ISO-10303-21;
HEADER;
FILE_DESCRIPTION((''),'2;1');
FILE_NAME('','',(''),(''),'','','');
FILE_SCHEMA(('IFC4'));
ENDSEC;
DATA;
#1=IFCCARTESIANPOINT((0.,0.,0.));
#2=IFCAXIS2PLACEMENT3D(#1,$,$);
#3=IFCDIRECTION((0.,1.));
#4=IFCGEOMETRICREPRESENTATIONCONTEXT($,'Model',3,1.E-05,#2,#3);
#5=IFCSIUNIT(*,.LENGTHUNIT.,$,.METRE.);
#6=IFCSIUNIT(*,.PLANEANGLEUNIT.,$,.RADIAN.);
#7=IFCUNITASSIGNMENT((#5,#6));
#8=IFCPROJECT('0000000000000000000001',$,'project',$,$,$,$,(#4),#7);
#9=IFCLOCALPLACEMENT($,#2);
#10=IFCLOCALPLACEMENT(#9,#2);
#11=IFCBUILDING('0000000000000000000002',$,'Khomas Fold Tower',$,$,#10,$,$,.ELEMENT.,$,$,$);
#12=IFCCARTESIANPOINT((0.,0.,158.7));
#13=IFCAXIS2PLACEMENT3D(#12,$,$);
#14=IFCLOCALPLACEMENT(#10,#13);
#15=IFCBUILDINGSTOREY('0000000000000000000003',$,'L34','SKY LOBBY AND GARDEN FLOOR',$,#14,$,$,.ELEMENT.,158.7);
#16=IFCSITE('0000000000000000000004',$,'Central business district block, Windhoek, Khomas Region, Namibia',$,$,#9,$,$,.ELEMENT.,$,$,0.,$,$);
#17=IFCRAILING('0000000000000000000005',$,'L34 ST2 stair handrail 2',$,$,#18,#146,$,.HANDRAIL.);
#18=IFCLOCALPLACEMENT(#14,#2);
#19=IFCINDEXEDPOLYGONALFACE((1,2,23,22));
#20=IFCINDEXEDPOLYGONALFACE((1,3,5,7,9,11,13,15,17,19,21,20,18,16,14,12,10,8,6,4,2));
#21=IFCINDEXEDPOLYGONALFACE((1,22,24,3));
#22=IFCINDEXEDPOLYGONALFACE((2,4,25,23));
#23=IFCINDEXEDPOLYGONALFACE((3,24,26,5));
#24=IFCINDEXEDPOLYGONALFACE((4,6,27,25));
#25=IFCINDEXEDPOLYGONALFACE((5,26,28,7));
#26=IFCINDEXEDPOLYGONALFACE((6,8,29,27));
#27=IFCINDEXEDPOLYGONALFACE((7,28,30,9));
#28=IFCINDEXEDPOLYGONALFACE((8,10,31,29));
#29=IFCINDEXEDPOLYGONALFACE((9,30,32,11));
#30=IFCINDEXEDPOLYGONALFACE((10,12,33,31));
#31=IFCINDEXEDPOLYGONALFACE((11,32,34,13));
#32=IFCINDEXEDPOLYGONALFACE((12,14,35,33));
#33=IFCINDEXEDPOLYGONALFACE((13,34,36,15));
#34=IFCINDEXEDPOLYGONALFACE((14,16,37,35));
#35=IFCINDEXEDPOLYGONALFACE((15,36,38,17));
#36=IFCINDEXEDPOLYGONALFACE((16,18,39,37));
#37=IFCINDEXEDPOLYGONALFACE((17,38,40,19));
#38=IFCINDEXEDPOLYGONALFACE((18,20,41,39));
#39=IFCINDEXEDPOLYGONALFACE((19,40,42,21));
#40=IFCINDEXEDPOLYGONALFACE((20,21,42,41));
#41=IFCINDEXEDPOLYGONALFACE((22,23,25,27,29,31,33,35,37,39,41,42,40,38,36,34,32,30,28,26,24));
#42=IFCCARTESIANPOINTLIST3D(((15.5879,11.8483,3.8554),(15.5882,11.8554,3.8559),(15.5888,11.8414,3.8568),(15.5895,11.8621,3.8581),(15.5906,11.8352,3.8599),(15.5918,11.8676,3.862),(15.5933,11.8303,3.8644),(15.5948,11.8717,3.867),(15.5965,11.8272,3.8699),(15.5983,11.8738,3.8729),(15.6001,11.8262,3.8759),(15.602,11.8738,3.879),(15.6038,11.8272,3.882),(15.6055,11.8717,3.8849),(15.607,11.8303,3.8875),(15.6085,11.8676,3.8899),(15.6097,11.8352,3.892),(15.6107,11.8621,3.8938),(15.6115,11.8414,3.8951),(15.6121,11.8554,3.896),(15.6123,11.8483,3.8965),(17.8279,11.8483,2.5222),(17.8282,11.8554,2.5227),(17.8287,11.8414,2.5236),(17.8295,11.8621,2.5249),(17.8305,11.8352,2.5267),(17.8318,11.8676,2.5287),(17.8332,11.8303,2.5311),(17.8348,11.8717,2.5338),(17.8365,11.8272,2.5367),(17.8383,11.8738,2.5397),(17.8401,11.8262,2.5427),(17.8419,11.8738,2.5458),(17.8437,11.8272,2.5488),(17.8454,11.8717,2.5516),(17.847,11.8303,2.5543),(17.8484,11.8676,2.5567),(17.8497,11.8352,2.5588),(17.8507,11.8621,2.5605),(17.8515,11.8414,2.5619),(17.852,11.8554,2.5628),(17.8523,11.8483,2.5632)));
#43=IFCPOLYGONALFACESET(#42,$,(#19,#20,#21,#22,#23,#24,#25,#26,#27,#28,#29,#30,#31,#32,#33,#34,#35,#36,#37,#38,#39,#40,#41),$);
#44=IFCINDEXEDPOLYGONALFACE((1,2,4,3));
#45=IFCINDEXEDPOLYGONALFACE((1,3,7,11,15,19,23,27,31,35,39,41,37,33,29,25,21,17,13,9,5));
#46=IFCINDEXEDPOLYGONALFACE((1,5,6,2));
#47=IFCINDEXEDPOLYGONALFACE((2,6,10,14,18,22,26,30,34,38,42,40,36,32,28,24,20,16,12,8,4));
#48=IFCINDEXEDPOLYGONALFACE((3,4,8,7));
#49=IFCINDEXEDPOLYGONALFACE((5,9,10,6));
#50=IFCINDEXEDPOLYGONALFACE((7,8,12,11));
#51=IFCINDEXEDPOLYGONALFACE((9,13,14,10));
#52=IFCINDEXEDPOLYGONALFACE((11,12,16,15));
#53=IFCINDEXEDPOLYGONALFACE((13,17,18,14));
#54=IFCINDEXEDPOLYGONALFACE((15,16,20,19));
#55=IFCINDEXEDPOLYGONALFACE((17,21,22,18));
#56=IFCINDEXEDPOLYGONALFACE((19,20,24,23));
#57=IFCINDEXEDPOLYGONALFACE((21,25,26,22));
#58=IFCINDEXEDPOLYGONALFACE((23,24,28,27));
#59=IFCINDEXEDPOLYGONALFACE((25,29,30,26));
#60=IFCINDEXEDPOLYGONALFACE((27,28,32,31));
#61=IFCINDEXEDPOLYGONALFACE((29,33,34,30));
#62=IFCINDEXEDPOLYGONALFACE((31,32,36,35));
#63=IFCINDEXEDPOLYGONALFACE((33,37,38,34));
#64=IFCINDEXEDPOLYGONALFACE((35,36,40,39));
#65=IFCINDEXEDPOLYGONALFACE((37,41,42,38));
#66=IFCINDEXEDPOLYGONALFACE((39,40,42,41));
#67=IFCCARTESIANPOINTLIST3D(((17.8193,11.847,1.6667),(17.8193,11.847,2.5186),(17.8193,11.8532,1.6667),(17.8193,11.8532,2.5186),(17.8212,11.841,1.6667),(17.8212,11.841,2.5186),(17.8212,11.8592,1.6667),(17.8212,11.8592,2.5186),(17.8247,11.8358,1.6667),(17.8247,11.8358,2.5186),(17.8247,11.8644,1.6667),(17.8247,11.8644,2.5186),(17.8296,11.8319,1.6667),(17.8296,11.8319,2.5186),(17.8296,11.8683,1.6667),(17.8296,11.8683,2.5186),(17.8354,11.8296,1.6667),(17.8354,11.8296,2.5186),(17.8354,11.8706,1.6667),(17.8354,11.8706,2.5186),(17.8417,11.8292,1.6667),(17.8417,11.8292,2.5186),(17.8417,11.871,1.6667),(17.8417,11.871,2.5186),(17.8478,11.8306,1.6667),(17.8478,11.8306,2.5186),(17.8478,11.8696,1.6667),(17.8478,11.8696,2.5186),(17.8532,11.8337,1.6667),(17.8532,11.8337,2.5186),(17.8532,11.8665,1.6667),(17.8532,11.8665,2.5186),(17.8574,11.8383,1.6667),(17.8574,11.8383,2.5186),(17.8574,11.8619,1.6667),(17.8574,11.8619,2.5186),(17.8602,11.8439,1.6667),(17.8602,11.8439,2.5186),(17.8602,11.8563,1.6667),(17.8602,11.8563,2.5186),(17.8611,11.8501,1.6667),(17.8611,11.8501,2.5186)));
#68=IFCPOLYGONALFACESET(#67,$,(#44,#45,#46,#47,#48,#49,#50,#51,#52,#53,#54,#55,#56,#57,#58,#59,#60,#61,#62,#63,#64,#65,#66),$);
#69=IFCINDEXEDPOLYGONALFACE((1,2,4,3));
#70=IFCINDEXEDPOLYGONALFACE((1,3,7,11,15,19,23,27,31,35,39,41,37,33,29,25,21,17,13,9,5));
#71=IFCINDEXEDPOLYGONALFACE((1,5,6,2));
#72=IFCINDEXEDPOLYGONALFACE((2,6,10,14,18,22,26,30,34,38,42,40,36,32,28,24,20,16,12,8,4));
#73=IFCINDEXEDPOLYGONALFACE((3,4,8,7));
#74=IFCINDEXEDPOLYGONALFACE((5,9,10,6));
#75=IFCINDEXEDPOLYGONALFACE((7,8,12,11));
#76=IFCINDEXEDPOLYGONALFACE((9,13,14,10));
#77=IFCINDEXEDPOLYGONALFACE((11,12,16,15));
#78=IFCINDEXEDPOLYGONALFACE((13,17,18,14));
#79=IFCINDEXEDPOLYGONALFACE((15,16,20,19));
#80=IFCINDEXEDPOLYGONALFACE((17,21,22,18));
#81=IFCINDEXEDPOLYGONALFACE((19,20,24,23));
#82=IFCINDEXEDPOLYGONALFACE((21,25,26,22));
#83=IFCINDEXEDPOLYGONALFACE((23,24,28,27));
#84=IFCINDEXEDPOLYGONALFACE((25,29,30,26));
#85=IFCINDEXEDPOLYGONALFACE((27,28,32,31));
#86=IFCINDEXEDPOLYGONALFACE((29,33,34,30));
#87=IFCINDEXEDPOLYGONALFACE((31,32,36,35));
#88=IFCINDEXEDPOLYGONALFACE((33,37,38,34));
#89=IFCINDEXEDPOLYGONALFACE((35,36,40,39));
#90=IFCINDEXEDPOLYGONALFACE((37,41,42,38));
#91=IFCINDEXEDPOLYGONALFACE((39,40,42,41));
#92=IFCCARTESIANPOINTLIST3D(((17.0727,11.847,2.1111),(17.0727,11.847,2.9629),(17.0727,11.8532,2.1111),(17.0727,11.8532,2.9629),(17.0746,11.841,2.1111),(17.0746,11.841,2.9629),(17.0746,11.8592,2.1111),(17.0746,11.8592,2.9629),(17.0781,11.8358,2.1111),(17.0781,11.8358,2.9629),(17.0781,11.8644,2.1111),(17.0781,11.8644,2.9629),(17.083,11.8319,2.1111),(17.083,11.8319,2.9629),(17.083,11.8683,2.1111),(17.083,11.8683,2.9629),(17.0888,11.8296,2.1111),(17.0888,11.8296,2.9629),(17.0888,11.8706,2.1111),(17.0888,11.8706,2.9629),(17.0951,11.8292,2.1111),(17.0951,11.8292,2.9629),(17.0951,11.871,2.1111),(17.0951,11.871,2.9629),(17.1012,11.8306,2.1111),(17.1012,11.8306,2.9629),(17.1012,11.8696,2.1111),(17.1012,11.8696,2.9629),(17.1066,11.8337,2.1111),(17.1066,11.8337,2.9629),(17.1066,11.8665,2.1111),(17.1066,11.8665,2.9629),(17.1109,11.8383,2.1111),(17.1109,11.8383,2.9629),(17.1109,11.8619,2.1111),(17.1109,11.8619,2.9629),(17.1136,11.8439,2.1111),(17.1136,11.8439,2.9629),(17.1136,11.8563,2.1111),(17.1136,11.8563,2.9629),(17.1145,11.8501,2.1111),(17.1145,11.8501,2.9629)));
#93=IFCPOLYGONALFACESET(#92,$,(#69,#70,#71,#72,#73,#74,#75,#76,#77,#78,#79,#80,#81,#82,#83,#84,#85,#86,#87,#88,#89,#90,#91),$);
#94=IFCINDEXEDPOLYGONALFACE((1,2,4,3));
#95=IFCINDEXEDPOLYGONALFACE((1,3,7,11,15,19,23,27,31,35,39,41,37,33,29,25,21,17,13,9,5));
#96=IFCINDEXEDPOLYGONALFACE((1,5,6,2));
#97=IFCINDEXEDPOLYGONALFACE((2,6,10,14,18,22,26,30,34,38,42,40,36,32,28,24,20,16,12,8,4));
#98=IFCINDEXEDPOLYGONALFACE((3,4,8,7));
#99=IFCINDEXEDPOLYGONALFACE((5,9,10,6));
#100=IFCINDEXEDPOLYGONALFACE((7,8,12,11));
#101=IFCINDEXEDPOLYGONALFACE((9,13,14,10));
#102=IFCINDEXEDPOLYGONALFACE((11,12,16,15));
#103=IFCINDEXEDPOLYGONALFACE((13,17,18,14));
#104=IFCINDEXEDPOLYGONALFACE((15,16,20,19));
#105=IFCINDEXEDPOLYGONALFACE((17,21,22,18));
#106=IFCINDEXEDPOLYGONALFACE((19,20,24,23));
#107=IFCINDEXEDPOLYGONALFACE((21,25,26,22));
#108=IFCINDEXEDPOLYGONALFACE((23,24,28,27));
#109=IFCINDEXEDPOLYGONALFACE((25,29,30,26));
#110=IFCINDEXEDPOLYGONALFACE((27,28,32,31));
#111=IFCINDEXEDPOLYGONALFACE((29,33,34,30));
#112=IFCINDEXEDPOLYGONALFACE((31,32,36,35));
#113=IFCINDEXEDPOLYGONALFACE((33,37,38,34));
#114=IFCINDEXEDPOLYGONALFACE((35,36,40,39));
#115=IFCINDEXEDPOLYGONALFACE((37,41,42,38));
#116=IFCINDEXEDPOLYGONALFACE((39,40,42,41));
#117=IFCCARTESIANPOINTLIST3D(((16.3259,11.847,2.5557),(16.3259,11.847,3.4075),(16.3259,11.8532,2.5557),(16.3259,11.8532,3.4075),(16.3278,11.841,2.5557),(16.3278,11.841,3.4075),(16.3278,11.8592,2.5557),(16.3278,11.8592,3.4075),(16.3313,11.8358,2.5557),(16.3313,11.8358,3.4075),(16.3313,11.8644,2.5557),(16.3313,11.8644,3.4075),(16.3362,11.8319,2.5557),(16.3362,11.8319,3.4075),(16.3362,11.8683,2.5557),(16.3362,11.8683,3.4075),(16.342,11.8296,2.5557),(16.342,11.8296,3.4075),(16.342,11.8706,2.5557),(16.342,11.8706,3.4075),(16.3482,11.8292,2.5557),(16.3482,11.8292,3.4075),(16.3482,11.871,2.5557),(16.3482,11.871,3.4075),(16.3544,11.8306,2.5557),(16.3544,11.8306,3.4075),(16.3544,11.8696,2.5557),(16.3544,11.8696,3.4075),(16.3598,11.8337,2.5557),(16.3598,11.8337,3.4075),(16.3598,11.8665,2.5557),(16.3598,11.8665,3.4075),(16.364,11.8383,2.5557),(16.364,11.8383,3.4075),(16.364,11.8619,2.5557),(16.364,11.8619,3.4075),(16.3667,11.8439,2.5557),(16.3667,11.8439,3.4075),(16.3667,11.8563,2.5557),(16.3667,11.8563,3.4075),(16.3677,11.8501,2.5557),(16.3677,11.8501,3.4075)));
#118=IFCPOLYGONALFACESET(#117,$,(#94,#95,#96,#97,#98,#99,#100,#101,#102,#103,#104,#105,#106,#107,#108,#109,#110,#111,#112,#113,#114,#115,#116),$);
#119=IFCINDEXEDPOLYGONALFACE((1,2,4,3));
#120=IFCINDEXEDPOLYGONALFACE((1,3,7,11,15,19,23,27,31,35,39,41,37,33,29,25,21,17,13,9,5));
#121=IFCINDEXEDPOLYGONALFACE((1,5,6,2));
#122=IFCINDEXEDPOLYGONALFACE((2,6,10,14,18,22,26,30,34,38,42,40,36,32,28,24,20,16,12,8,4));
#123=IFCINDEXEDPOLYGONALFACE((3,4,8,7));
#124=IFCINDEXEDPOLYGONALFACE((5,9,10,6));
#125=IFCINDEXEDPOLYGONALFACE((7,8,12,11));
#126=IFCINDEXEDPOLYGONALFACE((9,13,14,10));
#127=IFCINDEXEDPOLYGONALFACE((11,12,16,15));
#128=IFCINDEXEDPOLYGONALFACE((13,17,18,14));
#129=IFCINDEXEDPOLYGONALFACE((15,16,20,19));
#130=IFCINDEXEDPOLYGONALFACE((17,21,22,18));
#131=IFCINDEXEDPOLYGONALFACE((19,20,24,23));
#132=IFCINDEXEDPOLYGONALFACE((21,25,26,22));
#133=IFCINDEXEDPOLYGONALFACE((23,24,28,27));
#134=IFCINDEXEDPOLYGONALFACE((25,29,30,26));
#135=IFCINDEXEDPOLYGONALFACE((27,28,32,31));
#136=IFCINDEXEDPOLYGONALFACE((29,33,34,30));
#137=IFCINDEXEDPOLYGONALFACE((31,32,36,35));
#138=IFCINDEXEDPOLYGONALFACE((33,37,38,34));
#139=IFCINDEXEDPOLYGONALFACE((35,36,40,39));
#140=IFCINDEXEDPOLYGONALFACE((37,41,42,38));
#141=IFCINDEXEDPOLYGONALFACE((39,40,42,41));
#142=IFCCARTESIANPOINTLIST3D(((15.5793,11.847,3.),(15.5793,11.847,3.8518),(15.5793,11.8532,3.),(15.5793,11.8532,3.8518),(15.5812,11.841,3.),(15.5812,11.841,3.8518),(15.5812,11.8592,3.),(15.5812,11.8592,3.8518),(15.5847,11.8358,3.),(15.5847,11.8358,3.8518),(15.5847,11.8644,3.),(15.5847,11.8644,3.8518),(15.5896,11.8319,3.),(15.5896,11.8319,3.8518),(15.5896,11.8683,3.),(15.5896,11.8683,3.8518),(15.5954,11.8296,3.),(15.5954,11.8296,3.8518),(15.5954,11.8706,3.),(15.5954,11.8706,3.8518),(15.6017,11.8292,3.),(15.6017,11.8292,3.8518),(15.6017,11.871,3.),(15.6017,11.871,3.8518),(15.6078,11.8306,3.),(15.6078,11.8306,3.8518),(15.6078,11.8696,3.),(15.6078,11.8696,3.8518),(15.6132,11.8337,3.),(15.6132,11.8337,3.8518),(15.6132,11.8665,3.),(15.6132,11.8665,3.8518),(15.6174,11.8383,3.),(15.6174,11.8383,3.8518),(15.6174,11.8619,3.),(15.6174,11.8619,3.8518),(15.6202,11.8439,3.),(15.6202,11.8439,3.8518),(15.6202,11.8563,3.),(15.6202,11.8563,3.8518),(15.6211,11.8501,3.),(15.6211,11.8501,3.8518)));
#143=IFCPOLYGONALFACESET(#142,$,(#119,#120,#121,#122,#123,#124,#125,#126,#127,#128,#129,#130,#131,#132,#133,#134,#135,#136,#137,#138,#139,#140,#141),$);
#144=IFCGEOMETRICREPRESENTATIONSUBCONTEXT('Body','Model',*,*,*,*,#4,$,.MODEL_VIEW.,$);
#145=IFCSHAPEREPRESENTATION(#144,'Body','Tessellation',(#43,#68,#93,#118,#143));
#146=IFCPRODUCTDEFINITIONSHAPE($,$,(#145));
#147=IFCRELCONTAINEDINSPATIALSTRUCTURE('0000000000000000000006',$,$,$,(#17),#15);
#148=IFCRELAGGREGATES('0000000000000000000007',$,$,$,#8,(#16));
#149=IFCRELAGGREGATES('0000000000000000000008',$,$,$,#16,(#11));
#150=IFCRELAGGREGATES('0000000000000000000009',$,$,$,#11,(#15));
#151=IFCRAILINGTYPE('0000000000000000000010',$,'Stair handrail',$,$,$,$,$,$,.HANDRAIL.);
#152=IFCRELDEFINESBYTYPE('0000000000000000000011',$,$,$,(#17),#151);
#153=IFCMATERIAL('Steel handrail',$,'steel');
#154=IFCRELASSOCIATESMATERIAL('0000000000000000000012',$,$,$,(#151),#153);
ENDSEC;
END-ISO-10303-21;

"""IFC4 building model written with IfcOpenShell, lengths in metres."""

from ifc_helpers import new_model, si_unit, direction, frame, origin, origin_2d, place, context, subcontext, project, spatial, circle, extrude, source, transform, mapped, material, type_object, element, save


model = new_model("IFC4")

# Units and contexts
model_context = context("Model", 3, precision=1e-05, world=origin(), true_north=direction((0.0, 1.0)))
body_context = subcontext(model_context, "Body", "Model", "MODEL_VIEW")
ifc_project = project(units=[si_unit("LENGTHUNIT", "METRE"), si_unit("PLANEANGLEUNIT", "RADIAN")], contexts=[model_context])

# Site, building, storey
site_placement = place(None, origin())
site = spatial("IfcSite", under=ifc_project, at=site_placement, Name="Central business district block, Windhoek, Khomas Region, Namibia", CompositionType="ELEMENT", RefElevation=0.0)
building_placement = place(site_placement, origin())
building = spatial("IfcBuilding", under=site, at=building_placement, Name="Khomas Fold Tower", CompositionType="ELEMENT")
storey_placement = place(building_placement, frame((0.0, 0.0, 158.7)))
storey = spatial("IfcBuildingStorey", under=building, at=storey_placement, Name="L34", Description="SKY LOBBY AND GARDEN FLOOR", CompositionType="ELEMENT", Elevation=158.7)

# Railing
ifc_material_1 = material(Name="Steel handrail", Category="steel")
railing_type_1 = type_object("IfcRailingType", Name="Stair handrail", PredefinedType="HANDRAIL", material=ifc_material_1)
shared_shape_1 = source(origin(), body_context, "Body", "SweptSolid", [
    extrude(circle(Radius=0.0239, at=origin_2d()), frame((0.0, 0.0, 0.876), z_axis=(-0.859306, 0.0, 0.511462), x_axis=(0.0, -1.0, 0.0)), (0.0, 0.0, 1.0), 2.6067),
    extrude(circle(Radius=0.021, at=origin_2d()), origin(), (0.0, 0.0, 1.0), 0.8518),
    extrude(circle(Radius=0.021, at=origin_2d()), frame((-0.7466, 0.0, 0.4443)), (0.0, 0.0, 1.0), 0.8518),
    extrude(circle(Radius=0.021, at=origin_2d()), frame((-1.4934, 0.0, 0.8889)), (0.0, 0.0, 1.0), 0.8518),
    extrude(circle(Radius=0.021, at=origin_2d()), frame((-2.24, 0.0, 1.3333)), (0.0, 0.0, 1.0), 0.8518),
])
for number, where, name in (
    (1, (17.8401, 11.8501, 1.6667), "L34 ST2 stair handrail 2"),
):
    element("IfcRailing", number, at=place(storey_placement, frame(where)), inside=storey, type_object=railing_type_1, Name=name, PredefinedType="HANDRAIL", context=body_context, shape_type="MappedRepresentation", body=[
        mapped(shared_shape_1, transform((0.0, 0.0, 0.0))),
    ])

save(model, "model.ifc")
